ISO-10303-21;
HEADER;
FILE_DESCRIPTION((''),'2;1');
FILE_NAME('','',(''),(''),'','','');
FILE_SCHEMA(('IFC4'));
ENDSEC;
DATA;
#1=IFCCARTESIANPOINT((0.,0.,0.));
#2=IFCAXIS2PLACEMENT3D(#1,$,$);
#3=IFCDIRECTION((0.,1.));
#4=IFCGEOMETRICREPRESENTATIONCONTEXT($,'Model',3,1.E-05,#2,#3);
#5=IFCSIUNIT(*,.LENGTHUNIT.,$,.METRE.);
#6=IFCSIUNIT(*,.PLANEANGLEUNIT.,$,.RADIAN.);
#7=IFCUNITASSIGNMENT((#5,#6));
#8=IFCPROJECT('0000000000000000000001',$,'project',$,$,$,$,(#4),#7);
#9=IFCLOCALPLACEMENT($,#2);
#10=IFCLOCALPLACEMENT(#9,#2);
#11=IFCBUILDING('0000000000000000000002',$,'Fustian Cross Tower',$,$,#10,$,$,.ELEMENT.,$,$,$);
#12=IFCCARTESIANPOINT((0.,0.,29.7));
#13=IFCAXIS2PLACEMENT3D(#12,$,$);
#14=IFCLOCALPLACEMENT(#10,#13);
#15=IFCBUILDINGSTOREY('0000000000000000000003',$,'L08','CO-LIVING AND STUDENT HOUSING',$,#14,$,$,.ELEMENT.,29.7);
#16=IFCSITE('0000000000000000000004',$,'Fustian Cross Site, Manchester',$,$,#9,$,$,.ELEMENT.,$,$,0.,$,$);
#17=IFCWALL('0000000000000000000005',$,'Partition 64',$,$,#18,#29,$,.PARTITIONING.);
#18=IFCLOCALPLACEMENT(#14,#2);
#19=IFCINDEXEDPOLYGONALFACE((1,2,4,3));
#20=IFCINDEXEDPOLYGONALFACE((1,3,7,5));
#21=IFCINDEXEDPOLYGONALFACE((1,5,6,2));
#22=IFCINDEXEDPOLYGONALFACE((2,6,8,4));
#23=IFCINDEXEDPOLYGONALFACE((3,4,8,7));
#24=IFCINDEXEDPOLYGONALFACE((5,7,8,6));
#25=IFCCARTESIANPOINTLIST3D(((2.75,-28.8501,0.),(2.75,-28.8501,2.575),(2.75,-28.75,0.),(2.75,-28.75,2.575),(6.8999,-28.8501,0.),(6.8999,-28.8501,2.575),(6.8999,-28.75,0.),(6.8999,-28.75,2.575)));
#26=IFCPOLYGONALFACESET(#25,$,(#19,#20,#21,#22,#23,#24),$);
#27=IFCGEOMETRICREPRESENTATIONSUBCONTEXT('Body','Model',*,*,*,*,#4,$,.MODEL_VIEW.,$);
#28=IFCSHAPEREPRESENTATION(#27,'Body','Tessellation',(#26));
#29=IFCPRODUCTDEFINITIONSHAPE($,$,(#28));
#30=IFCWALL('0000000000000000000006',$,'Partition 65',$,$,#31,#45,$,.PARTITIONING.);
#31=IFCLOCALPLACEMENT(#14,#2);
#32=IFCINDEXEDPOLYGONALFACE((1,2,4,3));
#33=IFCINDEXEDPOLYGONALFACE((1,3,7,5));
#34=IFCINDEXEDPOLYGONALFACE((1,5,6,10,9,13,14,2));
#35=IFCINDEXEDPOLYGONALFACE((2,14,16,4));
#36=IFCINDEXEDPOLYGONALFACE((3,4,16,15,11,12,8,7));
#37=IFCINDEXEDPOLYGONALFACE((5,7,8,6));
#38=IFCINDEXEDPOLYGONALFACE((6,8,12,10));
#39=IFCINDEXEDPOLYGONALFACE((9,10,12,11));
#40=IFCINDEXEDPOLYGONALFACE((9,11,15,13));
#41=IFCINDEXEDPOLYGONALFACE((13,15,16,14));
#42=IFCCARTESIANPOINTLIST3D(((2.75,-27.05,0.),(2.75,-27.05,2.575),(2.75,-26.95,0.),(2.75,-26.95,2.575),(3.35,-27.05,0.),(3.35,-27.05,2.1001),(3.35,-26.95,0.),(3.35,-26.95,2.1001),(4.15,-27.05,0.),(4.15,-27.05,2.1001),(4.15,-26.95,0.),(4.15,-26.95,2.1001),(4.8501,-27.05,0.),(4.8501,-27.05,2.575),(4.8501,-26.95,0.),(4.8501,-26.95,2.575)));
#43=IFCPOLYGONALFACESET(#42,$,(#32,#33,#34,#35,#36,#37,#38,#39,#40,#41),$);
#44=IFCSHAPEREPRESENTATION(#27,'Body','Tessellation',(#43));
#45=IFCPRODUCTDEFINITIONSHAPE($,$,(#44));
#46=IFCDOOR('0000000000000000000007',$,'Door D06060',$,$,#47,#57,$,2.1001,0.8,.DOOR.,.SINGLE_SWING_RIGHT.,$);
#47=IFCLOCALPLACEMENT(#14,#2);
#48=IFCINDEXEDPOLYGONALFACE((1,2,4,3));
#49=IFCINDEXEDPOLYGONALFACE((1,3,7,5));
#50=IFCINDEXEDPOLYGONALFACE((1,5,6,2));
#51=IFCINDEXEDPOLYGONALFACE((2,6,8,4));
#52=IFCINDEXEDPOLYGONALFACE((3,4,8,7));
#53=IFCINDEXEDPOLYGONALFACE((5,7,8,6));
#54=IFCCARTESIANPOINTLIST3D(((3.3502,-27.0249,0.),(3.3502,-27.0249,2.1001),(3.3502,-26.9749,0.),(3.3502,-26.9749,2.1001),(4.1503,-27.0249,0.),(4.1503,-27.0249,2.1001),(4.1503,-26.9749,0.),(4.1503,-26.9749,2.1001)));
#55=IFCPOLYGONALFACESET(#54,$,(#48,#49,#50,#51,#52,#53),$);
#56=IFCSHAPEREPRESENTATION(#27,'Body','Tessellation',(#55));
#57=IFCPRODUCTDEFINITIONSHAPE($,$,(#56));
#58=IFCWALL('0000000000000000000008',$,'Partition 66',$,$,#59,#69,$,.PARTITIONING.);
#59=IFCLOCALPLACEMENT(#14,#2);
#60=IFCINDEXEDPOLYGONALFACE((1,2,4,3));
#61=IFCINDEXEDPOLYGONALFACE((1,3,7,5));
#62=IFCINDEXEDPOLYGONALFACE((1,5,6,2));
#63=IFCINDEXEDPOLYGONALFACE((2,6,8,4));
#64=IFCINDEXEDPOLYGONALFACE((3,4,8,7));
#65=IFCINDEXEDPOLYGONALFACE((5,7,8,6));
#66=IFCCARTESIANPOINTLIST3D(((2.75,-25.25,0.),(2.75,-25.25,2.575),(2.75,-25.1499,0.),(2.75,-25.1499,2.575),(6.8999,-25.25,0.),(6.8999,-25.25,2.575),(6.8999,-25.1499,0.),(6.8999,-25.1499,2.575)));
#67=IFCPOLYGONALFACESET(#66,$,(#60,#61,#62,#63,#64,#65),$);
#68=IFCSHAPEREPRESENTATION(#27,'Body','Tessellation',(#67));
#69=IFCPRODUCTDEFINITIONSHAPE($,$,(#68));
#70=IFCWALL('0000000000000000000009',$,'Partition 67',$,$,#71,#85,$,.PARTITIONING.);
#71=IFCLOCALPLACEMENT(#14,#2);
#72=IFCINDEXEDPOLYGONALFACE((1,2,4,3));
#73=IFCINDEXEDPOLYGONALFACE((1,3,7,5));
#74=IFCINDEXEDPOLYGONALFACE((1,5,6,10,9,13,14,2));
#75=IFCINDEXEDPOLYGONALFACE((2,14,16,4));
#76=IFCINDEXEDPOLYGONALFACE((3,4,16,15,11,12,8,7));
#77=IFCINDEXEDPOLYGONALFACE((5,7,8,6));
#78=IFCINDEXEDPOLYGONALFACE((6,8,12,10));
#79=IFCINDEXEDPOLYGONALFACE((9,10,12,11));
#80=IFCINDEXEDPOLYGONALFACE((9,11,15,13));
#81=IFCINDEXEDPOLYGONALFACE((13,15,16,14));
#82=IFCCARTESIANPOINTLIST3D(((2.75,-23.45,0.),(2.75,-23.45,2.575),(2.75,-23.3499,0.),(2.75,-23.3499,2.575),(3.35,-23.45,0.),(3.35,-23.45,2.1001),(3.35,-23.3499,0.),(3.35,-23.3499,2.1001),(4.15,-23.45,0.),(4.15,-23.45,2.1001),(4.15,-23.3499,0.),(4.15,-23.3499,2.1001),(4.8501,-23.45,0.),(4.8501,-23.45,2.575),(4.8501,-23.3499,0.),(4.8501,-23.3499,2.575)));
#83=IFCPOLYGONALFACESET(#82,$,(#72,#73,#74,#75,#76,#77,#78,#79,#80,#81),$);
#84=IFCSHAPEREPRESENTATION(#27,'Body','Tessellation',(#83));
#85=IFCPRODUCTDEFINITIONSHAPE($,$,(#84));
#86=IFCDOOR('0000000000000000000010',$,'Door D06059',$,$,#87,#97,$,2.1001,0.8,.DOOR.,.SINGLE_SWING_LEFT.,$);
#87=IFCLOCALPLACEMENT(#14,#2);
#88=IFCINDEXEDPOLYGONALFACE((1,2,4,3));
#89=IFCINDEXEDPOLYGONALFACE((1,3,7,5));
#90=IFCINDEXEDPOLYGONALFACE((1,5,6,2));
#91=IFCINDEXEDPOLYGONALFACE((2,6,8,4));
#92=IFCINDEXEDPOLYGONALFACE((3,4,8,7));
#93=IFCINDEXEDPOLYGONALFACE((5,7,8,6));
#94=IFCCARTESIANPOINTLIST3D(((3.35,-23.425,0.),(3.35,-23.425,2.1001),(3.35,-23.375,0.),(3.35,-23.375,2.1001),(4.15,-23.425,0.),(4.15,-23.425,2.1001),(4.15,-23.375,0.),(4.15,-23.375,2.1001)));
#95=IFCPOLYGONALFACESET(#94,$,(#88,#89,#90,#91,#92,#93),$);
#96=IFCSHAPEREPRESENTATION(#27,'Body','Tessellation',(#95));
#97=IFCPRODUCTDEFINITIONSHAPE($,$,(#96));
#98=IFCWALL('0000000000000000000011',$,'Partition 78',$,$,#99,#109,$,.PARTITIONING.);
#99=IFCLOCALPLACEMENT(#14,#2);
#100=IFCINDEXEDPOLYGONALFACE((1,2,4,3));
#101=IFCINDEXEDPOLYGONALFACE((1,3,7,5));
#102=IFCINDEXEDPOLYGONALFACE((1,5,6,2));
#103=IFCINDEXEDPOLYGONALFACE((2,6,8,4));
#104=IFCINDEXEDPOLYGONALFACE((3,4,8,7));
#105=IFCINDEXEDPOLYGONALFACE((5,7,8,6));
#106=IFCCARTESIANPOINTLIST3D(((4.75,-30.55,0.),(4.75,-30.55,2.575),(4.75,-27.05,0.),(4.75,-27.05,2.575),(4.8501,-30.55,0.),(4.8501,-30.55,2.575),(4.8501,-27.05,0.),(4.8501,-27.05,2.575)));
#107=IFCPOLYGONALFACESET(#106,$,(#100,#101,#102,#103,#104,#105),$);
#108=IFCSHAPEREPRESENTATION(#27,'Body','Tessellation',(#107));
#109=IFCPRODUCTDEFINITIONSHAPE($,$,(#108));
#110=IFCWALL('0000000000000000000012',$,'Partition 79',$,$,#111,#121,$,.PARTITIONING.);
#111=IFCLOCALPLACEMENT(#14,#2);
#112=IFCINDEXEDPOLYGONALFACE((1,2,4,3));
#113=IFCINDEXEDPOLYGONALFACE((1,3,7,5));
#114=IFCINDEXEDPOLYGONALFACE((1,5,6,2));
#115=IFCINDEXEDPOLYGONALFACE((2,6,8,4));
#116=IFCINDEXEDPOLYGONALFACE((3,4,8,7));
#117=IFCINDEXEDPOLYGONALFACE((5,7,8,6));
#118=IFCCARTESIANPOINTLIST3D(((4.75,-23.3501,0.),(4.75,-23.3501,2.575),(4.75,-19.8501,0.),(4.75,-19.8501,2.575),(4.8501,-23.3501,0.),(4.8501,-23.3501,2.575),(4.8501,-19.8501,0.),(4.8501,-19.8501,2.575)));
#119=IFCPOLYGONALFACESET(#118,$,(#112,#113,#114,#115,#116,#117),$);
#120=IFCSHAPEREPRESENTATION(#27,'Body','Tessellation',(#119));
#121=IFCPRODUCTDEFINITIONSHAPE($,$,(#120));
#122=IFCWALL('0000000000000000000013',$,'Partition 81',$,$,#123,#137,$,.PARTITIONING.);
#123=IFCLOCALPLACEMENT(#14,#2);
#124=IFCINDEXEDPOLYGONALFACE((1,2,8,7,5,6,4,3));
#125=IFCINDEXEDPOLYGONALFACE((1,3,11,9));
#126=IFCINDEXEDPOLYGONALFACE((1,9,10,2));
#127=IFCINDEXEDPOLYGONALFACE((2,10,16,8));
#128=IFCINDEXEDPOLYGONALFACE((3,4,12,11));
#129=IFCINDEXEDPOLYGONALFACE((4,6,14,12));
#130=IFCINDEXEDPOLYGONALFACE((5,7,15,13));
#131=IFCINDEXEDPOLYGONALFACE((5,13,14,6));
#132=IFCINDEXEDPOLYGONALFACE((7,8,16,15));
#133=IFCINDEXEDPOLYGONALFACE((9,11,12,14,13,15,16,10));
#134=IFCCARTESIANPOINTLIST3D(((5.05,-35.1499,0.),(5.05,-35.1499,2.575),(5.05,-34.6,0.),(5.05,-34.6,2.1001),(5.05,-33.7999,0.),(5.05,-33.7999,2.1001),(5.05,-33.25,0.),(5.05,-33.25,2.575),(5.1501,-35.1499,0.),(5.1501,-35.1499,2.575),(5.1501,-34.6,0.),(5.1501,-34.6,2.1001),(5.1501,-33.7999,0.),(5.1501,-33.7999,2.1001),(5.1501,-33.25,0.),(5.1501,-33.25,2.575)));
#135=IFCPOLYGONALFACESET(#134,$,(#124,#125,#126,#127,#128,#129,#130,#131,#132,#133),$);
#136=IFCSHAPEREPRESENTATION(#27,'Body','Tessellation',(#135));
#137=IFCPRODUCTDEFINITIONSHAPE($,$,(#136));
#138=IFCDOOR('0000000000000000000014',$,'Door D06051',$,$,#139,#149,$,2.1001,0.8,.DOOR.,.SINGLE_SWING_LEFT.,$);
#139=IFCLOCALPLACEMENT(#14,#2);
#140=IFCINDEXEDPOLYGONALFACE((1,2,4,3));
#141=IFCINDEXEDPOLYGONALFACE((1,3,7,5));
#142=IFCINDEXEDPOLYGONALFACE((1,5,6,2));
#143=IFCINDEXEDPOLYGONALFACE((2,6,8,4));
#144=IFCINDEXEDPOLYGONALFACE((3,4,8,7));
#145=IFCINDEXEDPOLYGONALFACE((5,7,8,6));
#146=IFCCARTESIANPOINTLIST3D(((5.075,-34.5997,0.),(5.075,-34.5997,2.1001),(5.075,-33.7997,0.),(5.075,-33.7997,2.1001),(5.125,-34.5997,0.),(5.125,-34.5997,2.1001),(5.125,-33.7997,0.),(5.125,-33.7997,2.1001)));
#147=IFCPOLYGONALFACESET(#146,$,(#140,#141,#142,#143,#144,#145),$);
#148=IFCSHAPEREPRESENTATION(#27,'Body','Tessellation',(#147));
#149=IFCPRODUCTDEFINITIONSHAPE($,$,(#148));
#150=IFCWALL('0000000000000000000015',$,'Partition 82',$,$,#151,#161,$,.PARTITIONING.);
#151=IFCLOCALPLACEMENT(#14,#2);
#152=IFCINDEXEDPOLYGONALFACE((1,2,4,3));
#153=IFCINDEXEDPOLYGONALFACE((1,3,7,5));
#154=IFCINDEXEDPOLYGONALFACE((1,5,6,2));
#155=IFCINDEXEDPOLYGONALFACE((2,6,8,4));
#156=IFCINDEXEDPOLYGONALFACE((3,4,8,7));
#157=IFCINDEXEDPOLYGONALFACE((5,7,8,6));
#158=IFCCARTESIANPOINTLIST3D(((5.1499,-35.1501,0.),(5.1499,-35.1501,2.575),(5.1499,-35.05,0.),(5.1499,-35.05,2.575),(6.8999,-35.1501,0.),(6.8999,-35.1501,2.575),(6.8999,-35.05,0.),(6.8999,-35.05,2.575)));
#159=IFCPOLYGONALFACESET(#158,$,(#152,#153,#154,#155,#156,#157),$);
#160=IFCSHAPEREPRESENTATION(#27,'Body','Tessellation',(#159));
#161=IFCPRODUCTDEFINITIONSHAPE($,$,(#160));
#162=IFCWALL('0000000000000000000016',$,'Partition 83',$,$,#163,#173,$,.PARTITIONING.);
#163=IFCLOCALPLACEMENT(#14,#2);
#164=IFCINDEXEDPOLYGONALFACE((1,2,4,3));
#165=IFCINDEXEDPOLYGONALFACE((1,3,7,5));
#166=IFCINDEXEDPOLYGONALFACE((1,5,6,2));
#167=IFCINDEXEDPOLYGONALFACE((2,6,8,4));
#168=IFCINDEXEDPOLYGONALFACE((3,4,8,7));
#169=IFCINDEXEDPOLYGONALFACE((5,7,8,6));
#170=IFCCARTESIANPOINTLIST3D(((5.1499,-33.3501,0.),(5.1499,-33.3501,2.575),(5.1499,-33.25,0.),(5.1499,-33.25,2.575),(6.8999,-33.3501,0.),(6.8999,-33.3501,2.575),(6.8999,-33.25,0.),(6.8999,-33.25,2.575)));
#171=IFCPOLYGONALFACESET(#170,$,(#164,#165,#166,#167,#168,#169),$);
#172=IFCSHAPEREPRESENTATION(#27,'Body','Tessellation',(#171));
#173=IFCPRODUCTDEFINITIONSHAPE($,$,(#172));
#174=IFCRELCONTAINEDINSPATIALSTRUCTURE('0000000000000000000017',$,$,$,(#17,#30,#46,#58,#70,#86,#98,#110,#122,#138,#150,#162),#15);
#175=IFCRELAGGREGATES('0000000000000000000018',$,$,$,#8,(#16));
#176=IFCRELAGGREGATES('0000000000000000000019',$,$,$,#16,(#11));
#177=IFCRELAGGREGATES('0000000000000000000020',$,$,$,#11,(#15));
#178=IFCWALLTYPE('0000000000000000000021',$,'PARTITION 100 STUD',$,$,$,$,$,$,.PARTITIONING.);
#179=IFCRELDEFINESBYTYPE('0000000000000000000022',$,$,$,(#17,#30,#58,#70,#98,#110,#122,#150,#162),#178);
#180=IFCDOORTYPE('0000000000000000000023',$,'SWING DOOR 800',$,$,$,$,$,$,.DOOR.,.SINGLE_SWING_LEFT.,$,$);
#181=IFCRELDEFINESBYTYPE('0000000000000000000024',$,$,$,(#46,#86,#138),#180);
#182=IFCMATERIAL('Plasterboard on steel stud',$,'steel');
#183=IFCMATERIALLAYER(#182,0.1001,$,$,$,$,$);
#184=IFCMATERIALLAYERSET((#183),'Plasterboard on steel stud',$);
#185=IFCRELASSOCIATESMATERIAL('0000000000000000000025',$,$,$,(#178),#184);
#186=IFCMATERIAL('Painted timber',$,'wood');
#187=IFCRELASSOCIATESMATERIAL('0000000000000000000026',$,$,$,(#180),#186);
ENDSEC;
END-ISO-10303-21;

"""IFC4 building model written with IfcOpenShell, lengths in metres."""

from ifc_helpers import new_model, si_unit, direction, frame, frame_2d, origin, place, context, subcontext, project, spatial, rectangle, extrude, material, layer, layer_set, type_object, element, fill, save


model = new_model("IFC4")

# Units and contexts
model_context = context("Model", 3, precision=1e-05, world=origin(), true_north=direction((0.0, 1.0)))
body_context = subcontext(model_context, "Body", "Model", "MODEL_VIEW")
ifc_project = project(units=[si_unit("LENGTHUNIT", "METRE"), si_unit("PLANEANGLEUNIT", "RADIAN")], contexts=[model_context])

# Site, building, storey
site_placement = place(None, origin())
site = spatial("IfcSite", under=ifc_project, at=site_placement, Name="Fustian Cross Site, Manchester", CompositionType="ELEMENT", RefElevation=0.0)
building_placement = place(site_placement, origin())
building = spatial("IfcBuilding", under=site, at=building_placement, Name="Fustian Cross Tower", CompositionType="ELEMENT")
storey_placement = place(building_placement, frame((0.0, 0.0, 29.7)))
storey = spatial("IfcBuildingStorey", under=building, at=storey_placement, Name="L08", Description="CO-LIVING AND STUDENT HOUSING", CompositionType="ELEMENT", Elevation=29.7)

# Shared definitions
ifc_material_1 = material(Name="Plasterboard on steel stud", Category="steel")
ifc_layer = layer(ifc_material_1, 0.1001)
ifc_layer_set = layer_set([ifc_layer], Name="Plasterboard on steel stud")
wall_type = type_object("IfcWallType", Name="PARTITION 100 STUD", PredefinedType="PARTITIONING", material=ifc_layer_set)

# Shared definitions
ifc_material_2 = material(Name="Painted timber", Category="wood")
door_type_1 = type_object("IfcDoorType", Name="SWING DOOR 800", OperationType="SINGLE_SWING_LEFT", PredefinedType="DOOR", material=ifc_material_2)

# Wall
wall_1_placement = place(storey_placement, frame((2.75, -28.8, 0.0), z_axis=(0.0, 0.0, 1.0), x_axis=(1.0, 0.0, 0.0)))
element("IfcWall", 1, at=wall_1_placement, inside=storey, type_object=wall_type, Name="Partition 64", PredefinedType="PARTITIONING", context=body_context, shape_type="SweptSolid", body=[
    extrude(rectangle(XDim=4.1499, YDim=0.1001, at=frame_2d((2.075, 0.0))), origin(), (0.0, 0.0, 1.0), 2.575),
])

# Wall, opening, door
wall_2_placement = place(storey_placement, frame((2.75, -27.0, 0.0), z_axis=(0.0, 0.0, 1.0), x_axis=(1.0, 0.0, 0.0)))
wall_2 = element("IfcWall", 2, at=wall_2_placement, inside=storey, type_object=wall_type, Name="Partition 65", PredefinedType="PARTITIONING", context=body_context, shape_type="SweptSolid", body=[
    extrude(rectangle(XDim=2.1001, YDim=0.1001, at=frame_2d((1.05, 0.0))), origin(), (0.0, 0.0, 1.0), 2.575),
])
opening_1_placement = place(wall_2_placement, frame((0.6001, 0.0, 0.0)))
opening_1 = element("IfcOpeningElement", 3, at=opening_1_placement, cuts=wall_2, PredefinedType="OPENING", context=body_context, shape_type="SweptSolid", body=[
    extrude(rectangle(XDim=0.8, YDim=2.1001, at=frame_2d((0.3999, 1.05))), frame((0.0, 0.0601, 0.0), z_axis=(0.0, -1.0, 0.0), x_axis=(1.0, 0.0, 0.0)), (0.0, 0.0, 1.0), 0.1201),
])
door_1_placement = place(opening_1_placement, frame((0.8, 0.0, 0.0), z_axis=(0.0, 0.0, 1.0), x_axis=(-1.0, 0.0, 0.0)))
door_1 = element("IfcDoor", 4, at=door_1_placement, inside=storey, type_object=door_type_1, Name="Door D06060", OperationType="SINGLE_SWING_RIGHT", OverallHeight=2.1001, OverallWidth=0.8, PredefinedType="DOOR", context=body_context, shape_type="SweptSolid", body=[
    extrude(rectangle(XDim=0.8, YDim=2.1001, at=frame_2d((0.3999, 1.05))), frame((0.0, 0.0249, 0.0), z_axis=(0.0, -1.0, 0.0), x_axis=(1.0, 0.0, 0.0)), (0.0, 0.0, 1.0), 0.05),
])
fill(opening_1, door_1)

# Wall
wall_3_placement = place(storey_placement, frame((2.75, -25.2, 0.0), z_axis=(0.0, 0.0, 1.0), x_axis=(1.0, 0.0, 0.0)))
element("IfcWall", 5, at=wall_3_placement, inside=storey, type_object=wall_type, Name="Partition 66", PredefinedType="PARTITIONING", context=body_context, shape_type="SweptSolid", body=[
    extrude(rectangle(XDim=4.1499, YDim=0.1001, at=frame_2d((2.075, 0.0))), origin(), (0.0, 0.0, 1.0), 2.575),
])

# Wall, opening, door
wall_4_placement = place(storey_placement, frame((2.75, -23.3999, 0.0), z_axis=(0.0, 0.0, 1.0), x_axis=(1.0, 0.0, 0.0)))
wall_4 = element("IfcWall", 6, at=wall_4_placement, inside=storey, type_object=wall_type, Name="Partition 67", PredefinedType="PARTITIONING", context=body_context, shape_type="SweptSolid", body=[
    extrude(rectangle(XDim=2.1001, YDim=0.1001, at=frame_2d((1.05, 0.0))), origin(), (0.0, 0.0, 1.0), 2.575),
])
opening_2_placement = place(wall_4_placement, frame((0.6001, 0.0, 0.0)))
opening_2 = element("IfcOpeningElement", 7, at=opening_2_placement, cuts=wall_4, PredefinedType="OPENING", context=body_context, shape_type="SweptSolid", body=[
    extrude(rectangle(XDim=0.8, YDim=2.1001, at=frame_2d((0.3999, 1.05))), frame((0.0, 0.0601, 0.0), z_axis=(0.0, -1.0, 0.0), x_axis=(1.0, 0.0, 0.0)), (0.0, 0.0, 1.0), 0.1201),
])
door_2_placement = place(opening_2_placement, origin())
door_2 = element("IfcDoor", 8, at=door_2_placement, inside=storey, type_object=door_type_1, Name="Door D06059", OperationType="SINGLE_SWING_LEFT", OverallHeight=2.1001, OverallWidth=0.8, PredefinedType="DOOR", context=body_context, shape_type="SweptSolid", body=[
    extrude(rectangle(XDim=0.8, YDim=2.1001, at=frame_2d((0.3999, 1.05))), frame((0.0, 0.0249, 0.0), z_axis=(0.0, -1.0, 0.0), x_axis=(1.0, 0.0, 0.0)), (0.0, 0.0, 1.0), 0.05),
])
fill(opening_2, door_2)

# Walls
for number, where, z_axis, x_axis, name in (
    (9, (4.8, -30.55, 0.0), (0.0, 0.0, 1.0), (0.0, 1.0, 0.0), "Partition 78"),
    (10, (4.8, -23.3501, 0.0), (0.0, 0.0, 1.0), (0.0, 1.0, 0.0), "Partition 79"),
):
    element("IfcWall", number, at=place(storey_placement, frame(where, z_axis=z_axis, x_axis=x_axis)), inside=storey, type_object=wall_type, Name=name, PredefinedType="PARTITIONING", context=body_context, shape_type="SweptSolid", body=[
        extrude(rectangle(XDim=3.5, YDim=0.1001, at=frame_2d((1.75, 0.0))), origin(), (0.0, 0.0, 1.0), 2.575),
    ])

# Wall, opening, door
wall_5_placement = place(storey_placement, frame((5.1001, -35.1499, 0.0), z_axis=(0.0, 0.0, 1.0), x_axis=(0.0, 1.0, 0.0)))
wall_5 = element("IfcWall", 11, at=wall_5_placement, inside=storey, type_object=wall_type, Name="Partition 81", PredefinedType="PARTITIONING", context=body_context, shape_type="SweptSolid", body=[
    extrude(rectangle(XDim=1.8999, YDim=0.1001, at=frame_2d((0.95, 0.0))), origin(), (0.0, 0.0, 1.0), 2.575),
])
opening_3_placement = place(wall_5_placement, frame((0.55, 0.0, 0.0)))
opening_3 = element("IfcOpeningElement", 12, at=opening_3_placement, cuts=wall_5, PredefinedType="OPENING", context=body_context, shape_type="SweptSolid", body=[
    extrude(rectangle(XDim=0.8, YDim=2.1001, at=frame_2d((0.3999, 1.05))), frame((0.0, 0.0601, 0.0), z_axis=(0.0, -1.0, 0.0), x_axis=(1.0, 0.0, 0.0)), (0.0, 0.0, 1.0), 0.1201),
])
door_3_placement = place(opening_3_placement, frame((0.8, 0.0, 0.0), z_axis=(0.0, 0.0, 1.0), x_axis=(-1.0, 0.0, 0.0)))
door_3 = element("IfcDoor", 13, at=door_3_placement, inside=storey, type_object=door_type_1, Name="Door D06051", OperationType="SINGLE_SWING_LEFT", OverallHeight=2.1001, OverallWidth=0.8, PredefinedType="DOOR", context=body_context, shape_type="SweptSolid", body=[
    extrude(rectangle(XDim=0.8, YDim=2.1001, at=frame_2d((0.3999, 1.05))), frame((0.0, 0.0249, 0.0), z_axis=(0.0, -1.0, 0.0), x_axis=(1.0, 0.0, 0.0)), (0.0, 0.0, 1.0), 0.05),
])
fill(opening_3, door_3)

# Walls
for number, where, z_axis, x_axis, name in (
    (14, (5.1499, -35.1001, 0.0), (0.0, 0.0, 1.0), (1.0, 0.0, 0.0), "Partition 82"),
    (15, (5.1499, -33.3, 0.0), (0.0, 0.0, 1.0), (1.0, 0.0, 0.0), "Partition 83"),
):
    element("IfcWall", number, at=place(storey_placement, frame(where, z_axis=z_axis, x_axis=x_axis)), inside=storey, type_object=wall_type, Name=name, PredefinedType="PARTITIONING", context=body_context, shape_type="SweptSolid", body=[
        extrude(rectangle(XDim=1.75, YDim=0.1001, at=frame_2d((0.875, 0.0))), origin(), (0.0, 0.0, 1.0), 2.575),
    ])

save(model, "model.ifc")
